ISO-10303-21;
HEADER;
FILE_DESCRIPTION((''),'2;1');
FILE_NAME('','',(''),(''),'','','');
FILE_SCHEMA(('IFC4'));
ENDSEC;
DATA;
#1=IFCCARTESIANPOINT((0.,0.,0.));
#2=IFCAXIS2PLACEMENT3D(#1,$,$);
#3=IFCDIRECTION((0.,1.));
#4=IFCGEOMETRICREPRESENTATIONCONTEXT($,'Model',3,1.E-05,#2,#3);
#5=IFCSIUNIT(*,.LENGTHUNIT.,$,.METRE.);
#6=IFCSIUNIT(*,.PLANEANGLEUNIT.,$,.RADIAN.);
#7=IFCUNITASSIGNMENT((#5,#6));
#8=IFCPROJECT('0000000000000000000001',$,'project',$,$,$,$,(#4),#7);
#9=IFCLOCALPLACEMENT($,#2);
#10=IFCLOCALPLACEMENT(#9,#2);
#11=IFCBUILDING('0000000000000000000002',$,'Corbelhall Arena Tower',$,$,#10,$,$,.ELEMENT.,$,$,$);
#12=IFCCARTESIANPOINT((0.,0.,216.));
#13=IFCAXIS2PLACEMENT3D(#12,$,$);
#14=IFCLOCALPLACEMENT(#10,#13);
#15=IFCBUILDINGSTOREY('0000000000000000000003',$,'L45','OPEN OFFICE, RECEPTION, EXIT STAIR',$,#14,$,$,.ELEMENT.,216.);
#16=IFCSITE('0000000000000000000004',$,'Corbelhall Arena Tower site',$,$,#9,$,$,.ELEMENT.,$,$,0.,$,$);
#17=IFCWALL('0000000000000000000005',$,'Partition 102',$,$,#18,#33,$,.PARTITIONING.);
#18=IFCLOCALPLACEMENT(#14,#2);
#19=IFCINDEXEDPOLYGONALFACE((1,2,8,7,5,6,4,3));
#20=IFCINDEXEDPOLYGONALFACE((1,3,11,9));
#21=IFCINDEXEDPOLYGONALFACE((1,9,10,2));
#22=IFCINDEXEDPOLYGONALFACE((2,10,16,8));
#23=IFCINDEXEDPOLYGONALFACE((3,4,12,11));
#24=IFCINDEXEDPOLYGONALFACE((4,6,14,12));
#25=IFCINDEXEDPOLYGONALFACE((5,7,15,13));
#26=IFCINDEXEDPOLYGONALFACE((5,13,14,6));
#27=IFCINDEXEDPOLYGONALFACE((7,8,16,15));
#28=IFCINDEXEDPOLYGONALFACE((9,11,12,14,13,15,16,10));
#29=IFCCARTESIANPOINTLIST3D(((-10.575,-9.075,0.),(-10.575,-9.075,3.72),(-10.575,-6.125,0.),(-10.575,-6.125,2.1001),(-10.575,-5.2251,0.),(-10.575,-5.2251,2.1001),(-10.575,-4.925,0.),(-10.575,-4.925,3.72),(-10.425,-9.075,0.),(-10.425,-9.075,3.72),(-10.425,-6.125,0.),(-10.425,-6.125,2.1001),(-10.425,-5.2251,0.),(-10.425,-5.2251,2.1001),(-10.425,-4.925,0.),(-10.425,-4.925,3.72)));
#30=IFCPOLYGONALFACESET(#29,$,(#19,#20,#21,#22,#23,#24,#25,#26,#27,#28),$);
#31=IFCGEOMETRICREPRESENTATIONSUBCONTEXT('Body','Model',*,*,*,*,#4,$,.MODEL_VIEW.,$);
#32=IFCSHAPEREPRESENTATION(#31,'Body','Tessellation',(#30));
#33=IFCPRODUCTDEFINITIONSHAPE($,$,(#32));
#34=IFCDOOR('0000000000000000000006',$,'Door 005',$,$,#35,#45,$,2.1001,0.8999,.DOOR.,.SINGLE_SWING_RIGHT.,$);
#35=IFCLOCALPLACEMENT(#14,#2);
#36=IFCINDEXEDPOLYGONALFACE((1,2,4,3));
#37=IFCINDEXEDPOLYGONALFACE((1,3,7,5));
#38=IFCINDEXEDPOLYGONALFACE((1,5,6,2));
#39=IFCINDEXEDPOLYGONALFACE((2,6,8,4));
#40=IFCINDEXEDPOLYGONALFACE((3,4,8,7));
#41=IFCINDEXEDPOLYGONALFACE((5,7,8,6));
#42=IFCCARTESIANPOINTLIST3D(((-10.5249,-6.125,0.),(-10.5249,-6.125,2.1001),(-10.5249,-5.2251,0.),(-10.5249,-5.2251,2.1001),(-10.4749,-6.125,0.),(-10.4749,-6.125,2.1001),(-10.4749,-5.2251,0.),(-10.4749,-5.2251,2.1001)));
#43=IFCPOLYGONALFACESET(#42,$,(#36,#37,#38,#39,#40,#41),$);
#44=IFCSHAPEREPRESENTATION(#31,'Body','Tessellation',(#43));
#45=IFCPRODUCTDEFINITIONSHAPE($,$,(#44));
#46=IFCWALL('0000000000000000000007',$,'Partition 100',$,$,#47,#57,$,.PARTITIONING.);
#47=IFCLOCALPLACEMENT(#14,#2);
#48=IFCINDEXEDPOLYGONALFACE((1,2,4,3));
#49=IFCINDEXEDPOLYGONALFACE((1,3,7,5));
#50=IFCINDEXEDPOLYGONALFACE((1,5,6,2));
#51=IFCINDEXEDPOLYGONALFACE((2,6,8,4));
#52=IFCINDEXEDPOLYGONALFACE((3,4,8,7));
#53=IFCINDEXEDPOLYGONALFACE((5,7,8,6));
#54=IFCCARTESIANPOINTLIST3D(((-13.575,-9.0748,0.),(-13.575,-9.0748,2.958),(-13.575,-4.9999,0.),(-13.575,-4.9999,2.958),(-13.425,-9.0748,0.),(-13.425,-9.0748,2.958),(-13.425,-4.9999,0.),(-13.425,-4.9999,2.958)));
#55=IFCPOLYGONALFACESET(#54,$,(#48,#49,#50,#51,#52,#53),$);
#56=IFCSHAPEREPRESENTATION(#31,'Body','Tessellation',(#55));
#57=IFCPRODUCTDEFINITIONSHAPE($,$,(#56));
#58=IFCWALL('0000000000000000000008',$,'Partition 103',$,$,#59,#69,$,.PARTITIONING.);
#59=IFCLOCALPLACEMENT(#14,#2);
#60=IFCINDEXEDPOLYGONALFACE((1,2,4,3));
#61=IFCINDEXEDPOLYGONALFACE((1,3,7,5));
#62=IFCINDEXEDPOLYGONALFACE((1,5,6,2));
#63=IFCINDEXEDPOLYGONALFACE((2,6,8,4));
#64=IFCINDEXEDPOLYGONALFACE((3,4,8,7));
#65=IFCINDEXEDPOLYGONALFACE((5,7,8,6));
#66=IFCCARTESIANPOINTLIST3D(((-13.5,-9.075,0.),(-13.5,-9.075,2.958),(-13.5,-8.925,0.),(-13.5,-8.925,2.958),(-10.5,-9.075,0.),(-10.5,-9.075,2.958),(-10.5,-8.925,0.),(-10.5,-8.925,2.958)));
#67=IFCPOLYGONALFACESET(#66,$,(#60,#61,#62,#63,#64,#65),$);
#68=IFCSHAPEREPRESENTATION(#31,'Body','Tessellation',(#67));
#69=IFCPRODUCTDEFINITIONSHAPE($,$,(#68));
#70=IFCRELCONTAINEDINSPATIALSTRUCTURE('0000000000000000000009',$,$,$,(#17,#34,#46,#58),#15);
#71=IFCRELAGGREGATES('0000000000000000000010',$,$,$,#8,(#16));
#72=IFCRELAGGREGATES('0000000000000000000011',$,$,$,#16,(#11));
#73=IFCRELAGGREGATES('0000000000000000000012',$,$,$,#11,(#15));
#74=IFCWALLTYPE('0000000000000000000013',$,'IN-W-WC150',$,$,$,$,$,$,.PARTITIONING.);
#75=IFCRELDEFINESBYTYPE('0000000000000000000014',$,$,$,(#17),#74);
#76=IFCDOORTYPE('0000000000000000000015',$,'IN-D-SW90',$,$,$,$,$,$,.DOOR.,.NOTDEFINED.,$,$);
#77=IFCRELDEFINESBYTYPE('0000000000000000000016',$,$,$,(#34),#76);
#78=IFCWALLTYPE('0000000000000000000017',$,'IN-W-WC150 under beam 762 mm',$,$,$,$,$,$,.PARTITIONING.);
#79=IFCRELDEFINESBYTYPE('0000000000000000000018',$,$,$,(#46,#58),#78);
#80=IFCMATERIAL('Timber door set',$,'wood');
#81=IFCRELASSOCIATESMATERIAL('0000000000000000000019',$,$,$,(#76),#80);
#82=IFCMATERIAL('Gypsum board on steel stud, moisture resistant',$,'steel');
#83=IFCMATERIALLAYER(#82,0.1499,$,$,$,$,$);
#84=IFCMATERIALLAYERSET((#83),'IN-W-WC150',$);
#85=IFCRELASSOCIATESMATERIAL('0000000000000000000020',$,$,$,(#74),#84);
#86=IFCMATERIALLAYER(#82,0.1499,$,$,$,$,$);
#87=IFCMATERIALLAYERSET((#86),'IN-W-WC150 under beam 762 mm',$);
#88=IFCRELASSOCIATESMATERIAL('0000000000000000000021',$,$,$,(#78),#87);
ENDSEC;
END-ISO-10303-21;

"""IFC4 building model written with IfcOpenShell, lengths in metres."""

from ifc_helpers import new_model, si_unit, direction, frame, frame_2d, origin, place, context, subcontext, project, spatial, rectangle, extrude, material, layer, layer_set, type_object, element, fill, save


model = new_model("IFC4")

# Units and contexts
model_context = context("Model", 3, precision=1e-05, world=origin(), true_north=direction((0.0, 1.0)))
body_context = subcontext(model_context, "Body", "Model", "MODEL_VIEW")
ifc_project = project(units=[si_unit("LENGTHUNIT", "METRE"), si_unit("PLANEANGLEUNIT", "RADIAN")], contexts=[model_context])

# Site, building, storey
site_placement = place(None, origin())
site = spatial("IfcSite", under=ifc_project, at=site_placement, Name="Corbelhall Arena Tower site", CompositionType="ELEMENT", RefElevation=0.0)
building_placement = place(site_placement, origin())
building = spatial("IfcBuilding", under=site, at=building_placement, Name="Corbelhall Arena Tower", CompositionType="ELEMENT")
storey_placement = place(building_placement, frame((0.0, 0.0, 216.0)))
storey = spatial("IfcBuildingStorey", under=building, at=storey_placement, Name="L45", Description="OPEN OFFICE, RECEPTION, EXIT STAIR", CompositionType="ELEMENT", Elevation=216.0)

# Shared definitions
ifc_material_1 = material(Name="Timber door set", Category="wood")
door_type_1 = type_object("IfcDoorType", Name="IN-D-SW90", OperationType="NOTDEFINED", PredefinedType="DOOR", material=ifc_material_1)

# Shared definitions
ifc_material_2 = material(Name="Gypsum board on steel stud, moisture resistant", Category="steel")
ifc_layer_1 = layer(ifc_material_2, 0.1499)
ifc_layer_set_1 = layer_set([ifc_layer_1], Name="IN-W-WC150")
wall_type_1 = type_object("IfcWallType", Name="IN-W-WC150", PredefinedType="PARTITIONING", material=ifc_layer_set_1)

# Wall, opening, door
wall_1_placement = place(storey_placement, frame((-10.5, -9.075, 0.0), z_axis=(0.0, 0.0, 1.0), x_axis=(0.0, 1.0, 0.0)))
wall_1 = element("IfcWall", 1, at=wall_1_placement, inside=storey, type_object=wall_type_1, Name="Partition 102", PredefinedType="PARTITIONING", context=body_context, shape_type="SweptSolid", body=[
    extrude(rectangle(XDim=4.1499, YDim=0.1499, at=frame_2d((2.075, 0.0))), origin(), (0.0, 0.0, 1.0), 3.72),
])
opening_1_placement = place(wall_1_placement, frame((2.95, 0.0, 0.0)))
opening_1 = element("IfcOpeningElement", 2, at=opening_1_placement, cuts=wall_1, PredefinedType="OPENING", context=body_context, shape_type="SweptSolid", body=[
    extrude(rectangle(XDim=0.8999, YDim=2.1001, at=frame_2d((0.45, 1.05))), frame((0.0, 0.075, 0.0), z_axis=(0.0, -1.0, 0.0), x_axis=(1.0, 0.0, 0.0)), (0.0, 0.0, 1.0), 0.1499),
])
door_1_placement = place(opening_1_placement, origin())
door_1 = element("IfcDoor", 3, at=door_1_placement, inside=storey, type_object=door_type_1, Name="Door 005", OperationType="SINGLE_SWING_RIGHT", OverallHeight=2.1001, OverallWidth=0.8999, PredefinedType="DOOR", context=body_context, shape_type="SweptSolid", body=[
    extrude(rectangle(XDim=0.8999, YDim=2.1001, at=frame_2d((0.45, 1.05))), frame((0.0, 0.0249, 0.0), z_axis=(0.0, -1.0, 0.0), x_axis=(1.0, 0.0, 0.0)), (0.0, 0.0, 1.0), 0.05),
])
fill(opening_1, door_1)

# Walls
ifc_layer_2 = layer(ifc_material_2, 0.1499)
ifc_layer_set_2 = layer_set([ifc_layer_2], Name="IN-W-WC150 under beam 762 mm")
wall_type_2 = type_object("IfcWallType", Name="IN-W-WC150 under beam 762 mm", PredefinedType="PARTITIONING", material=ifc_layer_set_2)
wall_2_placement = place(storey_placement, frame((-13.5, -9.075, 0.0), z_axis=(0.0, 0.0, 1.0), x_axis=(0.0, 1.0, 0.0)))
element("IfcWall", 4, at=wall_2_placement, inside=storey, type_object=wall_type_2, Name="Partition 100", PredefinedType="PARTITIONING", context=body_context, shape_type="SweptSolid", body=[
    extrude(rectangle(XDim=4.075, YDim=0.1499, at=frame_2d((2.0376, 0.0))), origin(), (0.0, 0.0, 1.0), 2.958),
])
wall_3_placement = place(storey_placement, frame((-10.5, -9.0, 0.0), z_axis=(0.0, 0.0, 1.0), x_axis=(-1.0, 0.0, 0.0)))
element("IfcWall", 5, at=wall_3_placement, inside=storey, type_object=wall_type_2, Name="Partition 103", PredefinedType="PARTITIONING", context=body_context, shape_type="SweptSolid", body=[
    extrude(rectangle(XDim=3.0, YDim=0.1499, at=frame_2d((1.5, 0.0))), origin(), (0.0, 0.0, 1.0), 2.958),
])

save(model, "model.ifc")
